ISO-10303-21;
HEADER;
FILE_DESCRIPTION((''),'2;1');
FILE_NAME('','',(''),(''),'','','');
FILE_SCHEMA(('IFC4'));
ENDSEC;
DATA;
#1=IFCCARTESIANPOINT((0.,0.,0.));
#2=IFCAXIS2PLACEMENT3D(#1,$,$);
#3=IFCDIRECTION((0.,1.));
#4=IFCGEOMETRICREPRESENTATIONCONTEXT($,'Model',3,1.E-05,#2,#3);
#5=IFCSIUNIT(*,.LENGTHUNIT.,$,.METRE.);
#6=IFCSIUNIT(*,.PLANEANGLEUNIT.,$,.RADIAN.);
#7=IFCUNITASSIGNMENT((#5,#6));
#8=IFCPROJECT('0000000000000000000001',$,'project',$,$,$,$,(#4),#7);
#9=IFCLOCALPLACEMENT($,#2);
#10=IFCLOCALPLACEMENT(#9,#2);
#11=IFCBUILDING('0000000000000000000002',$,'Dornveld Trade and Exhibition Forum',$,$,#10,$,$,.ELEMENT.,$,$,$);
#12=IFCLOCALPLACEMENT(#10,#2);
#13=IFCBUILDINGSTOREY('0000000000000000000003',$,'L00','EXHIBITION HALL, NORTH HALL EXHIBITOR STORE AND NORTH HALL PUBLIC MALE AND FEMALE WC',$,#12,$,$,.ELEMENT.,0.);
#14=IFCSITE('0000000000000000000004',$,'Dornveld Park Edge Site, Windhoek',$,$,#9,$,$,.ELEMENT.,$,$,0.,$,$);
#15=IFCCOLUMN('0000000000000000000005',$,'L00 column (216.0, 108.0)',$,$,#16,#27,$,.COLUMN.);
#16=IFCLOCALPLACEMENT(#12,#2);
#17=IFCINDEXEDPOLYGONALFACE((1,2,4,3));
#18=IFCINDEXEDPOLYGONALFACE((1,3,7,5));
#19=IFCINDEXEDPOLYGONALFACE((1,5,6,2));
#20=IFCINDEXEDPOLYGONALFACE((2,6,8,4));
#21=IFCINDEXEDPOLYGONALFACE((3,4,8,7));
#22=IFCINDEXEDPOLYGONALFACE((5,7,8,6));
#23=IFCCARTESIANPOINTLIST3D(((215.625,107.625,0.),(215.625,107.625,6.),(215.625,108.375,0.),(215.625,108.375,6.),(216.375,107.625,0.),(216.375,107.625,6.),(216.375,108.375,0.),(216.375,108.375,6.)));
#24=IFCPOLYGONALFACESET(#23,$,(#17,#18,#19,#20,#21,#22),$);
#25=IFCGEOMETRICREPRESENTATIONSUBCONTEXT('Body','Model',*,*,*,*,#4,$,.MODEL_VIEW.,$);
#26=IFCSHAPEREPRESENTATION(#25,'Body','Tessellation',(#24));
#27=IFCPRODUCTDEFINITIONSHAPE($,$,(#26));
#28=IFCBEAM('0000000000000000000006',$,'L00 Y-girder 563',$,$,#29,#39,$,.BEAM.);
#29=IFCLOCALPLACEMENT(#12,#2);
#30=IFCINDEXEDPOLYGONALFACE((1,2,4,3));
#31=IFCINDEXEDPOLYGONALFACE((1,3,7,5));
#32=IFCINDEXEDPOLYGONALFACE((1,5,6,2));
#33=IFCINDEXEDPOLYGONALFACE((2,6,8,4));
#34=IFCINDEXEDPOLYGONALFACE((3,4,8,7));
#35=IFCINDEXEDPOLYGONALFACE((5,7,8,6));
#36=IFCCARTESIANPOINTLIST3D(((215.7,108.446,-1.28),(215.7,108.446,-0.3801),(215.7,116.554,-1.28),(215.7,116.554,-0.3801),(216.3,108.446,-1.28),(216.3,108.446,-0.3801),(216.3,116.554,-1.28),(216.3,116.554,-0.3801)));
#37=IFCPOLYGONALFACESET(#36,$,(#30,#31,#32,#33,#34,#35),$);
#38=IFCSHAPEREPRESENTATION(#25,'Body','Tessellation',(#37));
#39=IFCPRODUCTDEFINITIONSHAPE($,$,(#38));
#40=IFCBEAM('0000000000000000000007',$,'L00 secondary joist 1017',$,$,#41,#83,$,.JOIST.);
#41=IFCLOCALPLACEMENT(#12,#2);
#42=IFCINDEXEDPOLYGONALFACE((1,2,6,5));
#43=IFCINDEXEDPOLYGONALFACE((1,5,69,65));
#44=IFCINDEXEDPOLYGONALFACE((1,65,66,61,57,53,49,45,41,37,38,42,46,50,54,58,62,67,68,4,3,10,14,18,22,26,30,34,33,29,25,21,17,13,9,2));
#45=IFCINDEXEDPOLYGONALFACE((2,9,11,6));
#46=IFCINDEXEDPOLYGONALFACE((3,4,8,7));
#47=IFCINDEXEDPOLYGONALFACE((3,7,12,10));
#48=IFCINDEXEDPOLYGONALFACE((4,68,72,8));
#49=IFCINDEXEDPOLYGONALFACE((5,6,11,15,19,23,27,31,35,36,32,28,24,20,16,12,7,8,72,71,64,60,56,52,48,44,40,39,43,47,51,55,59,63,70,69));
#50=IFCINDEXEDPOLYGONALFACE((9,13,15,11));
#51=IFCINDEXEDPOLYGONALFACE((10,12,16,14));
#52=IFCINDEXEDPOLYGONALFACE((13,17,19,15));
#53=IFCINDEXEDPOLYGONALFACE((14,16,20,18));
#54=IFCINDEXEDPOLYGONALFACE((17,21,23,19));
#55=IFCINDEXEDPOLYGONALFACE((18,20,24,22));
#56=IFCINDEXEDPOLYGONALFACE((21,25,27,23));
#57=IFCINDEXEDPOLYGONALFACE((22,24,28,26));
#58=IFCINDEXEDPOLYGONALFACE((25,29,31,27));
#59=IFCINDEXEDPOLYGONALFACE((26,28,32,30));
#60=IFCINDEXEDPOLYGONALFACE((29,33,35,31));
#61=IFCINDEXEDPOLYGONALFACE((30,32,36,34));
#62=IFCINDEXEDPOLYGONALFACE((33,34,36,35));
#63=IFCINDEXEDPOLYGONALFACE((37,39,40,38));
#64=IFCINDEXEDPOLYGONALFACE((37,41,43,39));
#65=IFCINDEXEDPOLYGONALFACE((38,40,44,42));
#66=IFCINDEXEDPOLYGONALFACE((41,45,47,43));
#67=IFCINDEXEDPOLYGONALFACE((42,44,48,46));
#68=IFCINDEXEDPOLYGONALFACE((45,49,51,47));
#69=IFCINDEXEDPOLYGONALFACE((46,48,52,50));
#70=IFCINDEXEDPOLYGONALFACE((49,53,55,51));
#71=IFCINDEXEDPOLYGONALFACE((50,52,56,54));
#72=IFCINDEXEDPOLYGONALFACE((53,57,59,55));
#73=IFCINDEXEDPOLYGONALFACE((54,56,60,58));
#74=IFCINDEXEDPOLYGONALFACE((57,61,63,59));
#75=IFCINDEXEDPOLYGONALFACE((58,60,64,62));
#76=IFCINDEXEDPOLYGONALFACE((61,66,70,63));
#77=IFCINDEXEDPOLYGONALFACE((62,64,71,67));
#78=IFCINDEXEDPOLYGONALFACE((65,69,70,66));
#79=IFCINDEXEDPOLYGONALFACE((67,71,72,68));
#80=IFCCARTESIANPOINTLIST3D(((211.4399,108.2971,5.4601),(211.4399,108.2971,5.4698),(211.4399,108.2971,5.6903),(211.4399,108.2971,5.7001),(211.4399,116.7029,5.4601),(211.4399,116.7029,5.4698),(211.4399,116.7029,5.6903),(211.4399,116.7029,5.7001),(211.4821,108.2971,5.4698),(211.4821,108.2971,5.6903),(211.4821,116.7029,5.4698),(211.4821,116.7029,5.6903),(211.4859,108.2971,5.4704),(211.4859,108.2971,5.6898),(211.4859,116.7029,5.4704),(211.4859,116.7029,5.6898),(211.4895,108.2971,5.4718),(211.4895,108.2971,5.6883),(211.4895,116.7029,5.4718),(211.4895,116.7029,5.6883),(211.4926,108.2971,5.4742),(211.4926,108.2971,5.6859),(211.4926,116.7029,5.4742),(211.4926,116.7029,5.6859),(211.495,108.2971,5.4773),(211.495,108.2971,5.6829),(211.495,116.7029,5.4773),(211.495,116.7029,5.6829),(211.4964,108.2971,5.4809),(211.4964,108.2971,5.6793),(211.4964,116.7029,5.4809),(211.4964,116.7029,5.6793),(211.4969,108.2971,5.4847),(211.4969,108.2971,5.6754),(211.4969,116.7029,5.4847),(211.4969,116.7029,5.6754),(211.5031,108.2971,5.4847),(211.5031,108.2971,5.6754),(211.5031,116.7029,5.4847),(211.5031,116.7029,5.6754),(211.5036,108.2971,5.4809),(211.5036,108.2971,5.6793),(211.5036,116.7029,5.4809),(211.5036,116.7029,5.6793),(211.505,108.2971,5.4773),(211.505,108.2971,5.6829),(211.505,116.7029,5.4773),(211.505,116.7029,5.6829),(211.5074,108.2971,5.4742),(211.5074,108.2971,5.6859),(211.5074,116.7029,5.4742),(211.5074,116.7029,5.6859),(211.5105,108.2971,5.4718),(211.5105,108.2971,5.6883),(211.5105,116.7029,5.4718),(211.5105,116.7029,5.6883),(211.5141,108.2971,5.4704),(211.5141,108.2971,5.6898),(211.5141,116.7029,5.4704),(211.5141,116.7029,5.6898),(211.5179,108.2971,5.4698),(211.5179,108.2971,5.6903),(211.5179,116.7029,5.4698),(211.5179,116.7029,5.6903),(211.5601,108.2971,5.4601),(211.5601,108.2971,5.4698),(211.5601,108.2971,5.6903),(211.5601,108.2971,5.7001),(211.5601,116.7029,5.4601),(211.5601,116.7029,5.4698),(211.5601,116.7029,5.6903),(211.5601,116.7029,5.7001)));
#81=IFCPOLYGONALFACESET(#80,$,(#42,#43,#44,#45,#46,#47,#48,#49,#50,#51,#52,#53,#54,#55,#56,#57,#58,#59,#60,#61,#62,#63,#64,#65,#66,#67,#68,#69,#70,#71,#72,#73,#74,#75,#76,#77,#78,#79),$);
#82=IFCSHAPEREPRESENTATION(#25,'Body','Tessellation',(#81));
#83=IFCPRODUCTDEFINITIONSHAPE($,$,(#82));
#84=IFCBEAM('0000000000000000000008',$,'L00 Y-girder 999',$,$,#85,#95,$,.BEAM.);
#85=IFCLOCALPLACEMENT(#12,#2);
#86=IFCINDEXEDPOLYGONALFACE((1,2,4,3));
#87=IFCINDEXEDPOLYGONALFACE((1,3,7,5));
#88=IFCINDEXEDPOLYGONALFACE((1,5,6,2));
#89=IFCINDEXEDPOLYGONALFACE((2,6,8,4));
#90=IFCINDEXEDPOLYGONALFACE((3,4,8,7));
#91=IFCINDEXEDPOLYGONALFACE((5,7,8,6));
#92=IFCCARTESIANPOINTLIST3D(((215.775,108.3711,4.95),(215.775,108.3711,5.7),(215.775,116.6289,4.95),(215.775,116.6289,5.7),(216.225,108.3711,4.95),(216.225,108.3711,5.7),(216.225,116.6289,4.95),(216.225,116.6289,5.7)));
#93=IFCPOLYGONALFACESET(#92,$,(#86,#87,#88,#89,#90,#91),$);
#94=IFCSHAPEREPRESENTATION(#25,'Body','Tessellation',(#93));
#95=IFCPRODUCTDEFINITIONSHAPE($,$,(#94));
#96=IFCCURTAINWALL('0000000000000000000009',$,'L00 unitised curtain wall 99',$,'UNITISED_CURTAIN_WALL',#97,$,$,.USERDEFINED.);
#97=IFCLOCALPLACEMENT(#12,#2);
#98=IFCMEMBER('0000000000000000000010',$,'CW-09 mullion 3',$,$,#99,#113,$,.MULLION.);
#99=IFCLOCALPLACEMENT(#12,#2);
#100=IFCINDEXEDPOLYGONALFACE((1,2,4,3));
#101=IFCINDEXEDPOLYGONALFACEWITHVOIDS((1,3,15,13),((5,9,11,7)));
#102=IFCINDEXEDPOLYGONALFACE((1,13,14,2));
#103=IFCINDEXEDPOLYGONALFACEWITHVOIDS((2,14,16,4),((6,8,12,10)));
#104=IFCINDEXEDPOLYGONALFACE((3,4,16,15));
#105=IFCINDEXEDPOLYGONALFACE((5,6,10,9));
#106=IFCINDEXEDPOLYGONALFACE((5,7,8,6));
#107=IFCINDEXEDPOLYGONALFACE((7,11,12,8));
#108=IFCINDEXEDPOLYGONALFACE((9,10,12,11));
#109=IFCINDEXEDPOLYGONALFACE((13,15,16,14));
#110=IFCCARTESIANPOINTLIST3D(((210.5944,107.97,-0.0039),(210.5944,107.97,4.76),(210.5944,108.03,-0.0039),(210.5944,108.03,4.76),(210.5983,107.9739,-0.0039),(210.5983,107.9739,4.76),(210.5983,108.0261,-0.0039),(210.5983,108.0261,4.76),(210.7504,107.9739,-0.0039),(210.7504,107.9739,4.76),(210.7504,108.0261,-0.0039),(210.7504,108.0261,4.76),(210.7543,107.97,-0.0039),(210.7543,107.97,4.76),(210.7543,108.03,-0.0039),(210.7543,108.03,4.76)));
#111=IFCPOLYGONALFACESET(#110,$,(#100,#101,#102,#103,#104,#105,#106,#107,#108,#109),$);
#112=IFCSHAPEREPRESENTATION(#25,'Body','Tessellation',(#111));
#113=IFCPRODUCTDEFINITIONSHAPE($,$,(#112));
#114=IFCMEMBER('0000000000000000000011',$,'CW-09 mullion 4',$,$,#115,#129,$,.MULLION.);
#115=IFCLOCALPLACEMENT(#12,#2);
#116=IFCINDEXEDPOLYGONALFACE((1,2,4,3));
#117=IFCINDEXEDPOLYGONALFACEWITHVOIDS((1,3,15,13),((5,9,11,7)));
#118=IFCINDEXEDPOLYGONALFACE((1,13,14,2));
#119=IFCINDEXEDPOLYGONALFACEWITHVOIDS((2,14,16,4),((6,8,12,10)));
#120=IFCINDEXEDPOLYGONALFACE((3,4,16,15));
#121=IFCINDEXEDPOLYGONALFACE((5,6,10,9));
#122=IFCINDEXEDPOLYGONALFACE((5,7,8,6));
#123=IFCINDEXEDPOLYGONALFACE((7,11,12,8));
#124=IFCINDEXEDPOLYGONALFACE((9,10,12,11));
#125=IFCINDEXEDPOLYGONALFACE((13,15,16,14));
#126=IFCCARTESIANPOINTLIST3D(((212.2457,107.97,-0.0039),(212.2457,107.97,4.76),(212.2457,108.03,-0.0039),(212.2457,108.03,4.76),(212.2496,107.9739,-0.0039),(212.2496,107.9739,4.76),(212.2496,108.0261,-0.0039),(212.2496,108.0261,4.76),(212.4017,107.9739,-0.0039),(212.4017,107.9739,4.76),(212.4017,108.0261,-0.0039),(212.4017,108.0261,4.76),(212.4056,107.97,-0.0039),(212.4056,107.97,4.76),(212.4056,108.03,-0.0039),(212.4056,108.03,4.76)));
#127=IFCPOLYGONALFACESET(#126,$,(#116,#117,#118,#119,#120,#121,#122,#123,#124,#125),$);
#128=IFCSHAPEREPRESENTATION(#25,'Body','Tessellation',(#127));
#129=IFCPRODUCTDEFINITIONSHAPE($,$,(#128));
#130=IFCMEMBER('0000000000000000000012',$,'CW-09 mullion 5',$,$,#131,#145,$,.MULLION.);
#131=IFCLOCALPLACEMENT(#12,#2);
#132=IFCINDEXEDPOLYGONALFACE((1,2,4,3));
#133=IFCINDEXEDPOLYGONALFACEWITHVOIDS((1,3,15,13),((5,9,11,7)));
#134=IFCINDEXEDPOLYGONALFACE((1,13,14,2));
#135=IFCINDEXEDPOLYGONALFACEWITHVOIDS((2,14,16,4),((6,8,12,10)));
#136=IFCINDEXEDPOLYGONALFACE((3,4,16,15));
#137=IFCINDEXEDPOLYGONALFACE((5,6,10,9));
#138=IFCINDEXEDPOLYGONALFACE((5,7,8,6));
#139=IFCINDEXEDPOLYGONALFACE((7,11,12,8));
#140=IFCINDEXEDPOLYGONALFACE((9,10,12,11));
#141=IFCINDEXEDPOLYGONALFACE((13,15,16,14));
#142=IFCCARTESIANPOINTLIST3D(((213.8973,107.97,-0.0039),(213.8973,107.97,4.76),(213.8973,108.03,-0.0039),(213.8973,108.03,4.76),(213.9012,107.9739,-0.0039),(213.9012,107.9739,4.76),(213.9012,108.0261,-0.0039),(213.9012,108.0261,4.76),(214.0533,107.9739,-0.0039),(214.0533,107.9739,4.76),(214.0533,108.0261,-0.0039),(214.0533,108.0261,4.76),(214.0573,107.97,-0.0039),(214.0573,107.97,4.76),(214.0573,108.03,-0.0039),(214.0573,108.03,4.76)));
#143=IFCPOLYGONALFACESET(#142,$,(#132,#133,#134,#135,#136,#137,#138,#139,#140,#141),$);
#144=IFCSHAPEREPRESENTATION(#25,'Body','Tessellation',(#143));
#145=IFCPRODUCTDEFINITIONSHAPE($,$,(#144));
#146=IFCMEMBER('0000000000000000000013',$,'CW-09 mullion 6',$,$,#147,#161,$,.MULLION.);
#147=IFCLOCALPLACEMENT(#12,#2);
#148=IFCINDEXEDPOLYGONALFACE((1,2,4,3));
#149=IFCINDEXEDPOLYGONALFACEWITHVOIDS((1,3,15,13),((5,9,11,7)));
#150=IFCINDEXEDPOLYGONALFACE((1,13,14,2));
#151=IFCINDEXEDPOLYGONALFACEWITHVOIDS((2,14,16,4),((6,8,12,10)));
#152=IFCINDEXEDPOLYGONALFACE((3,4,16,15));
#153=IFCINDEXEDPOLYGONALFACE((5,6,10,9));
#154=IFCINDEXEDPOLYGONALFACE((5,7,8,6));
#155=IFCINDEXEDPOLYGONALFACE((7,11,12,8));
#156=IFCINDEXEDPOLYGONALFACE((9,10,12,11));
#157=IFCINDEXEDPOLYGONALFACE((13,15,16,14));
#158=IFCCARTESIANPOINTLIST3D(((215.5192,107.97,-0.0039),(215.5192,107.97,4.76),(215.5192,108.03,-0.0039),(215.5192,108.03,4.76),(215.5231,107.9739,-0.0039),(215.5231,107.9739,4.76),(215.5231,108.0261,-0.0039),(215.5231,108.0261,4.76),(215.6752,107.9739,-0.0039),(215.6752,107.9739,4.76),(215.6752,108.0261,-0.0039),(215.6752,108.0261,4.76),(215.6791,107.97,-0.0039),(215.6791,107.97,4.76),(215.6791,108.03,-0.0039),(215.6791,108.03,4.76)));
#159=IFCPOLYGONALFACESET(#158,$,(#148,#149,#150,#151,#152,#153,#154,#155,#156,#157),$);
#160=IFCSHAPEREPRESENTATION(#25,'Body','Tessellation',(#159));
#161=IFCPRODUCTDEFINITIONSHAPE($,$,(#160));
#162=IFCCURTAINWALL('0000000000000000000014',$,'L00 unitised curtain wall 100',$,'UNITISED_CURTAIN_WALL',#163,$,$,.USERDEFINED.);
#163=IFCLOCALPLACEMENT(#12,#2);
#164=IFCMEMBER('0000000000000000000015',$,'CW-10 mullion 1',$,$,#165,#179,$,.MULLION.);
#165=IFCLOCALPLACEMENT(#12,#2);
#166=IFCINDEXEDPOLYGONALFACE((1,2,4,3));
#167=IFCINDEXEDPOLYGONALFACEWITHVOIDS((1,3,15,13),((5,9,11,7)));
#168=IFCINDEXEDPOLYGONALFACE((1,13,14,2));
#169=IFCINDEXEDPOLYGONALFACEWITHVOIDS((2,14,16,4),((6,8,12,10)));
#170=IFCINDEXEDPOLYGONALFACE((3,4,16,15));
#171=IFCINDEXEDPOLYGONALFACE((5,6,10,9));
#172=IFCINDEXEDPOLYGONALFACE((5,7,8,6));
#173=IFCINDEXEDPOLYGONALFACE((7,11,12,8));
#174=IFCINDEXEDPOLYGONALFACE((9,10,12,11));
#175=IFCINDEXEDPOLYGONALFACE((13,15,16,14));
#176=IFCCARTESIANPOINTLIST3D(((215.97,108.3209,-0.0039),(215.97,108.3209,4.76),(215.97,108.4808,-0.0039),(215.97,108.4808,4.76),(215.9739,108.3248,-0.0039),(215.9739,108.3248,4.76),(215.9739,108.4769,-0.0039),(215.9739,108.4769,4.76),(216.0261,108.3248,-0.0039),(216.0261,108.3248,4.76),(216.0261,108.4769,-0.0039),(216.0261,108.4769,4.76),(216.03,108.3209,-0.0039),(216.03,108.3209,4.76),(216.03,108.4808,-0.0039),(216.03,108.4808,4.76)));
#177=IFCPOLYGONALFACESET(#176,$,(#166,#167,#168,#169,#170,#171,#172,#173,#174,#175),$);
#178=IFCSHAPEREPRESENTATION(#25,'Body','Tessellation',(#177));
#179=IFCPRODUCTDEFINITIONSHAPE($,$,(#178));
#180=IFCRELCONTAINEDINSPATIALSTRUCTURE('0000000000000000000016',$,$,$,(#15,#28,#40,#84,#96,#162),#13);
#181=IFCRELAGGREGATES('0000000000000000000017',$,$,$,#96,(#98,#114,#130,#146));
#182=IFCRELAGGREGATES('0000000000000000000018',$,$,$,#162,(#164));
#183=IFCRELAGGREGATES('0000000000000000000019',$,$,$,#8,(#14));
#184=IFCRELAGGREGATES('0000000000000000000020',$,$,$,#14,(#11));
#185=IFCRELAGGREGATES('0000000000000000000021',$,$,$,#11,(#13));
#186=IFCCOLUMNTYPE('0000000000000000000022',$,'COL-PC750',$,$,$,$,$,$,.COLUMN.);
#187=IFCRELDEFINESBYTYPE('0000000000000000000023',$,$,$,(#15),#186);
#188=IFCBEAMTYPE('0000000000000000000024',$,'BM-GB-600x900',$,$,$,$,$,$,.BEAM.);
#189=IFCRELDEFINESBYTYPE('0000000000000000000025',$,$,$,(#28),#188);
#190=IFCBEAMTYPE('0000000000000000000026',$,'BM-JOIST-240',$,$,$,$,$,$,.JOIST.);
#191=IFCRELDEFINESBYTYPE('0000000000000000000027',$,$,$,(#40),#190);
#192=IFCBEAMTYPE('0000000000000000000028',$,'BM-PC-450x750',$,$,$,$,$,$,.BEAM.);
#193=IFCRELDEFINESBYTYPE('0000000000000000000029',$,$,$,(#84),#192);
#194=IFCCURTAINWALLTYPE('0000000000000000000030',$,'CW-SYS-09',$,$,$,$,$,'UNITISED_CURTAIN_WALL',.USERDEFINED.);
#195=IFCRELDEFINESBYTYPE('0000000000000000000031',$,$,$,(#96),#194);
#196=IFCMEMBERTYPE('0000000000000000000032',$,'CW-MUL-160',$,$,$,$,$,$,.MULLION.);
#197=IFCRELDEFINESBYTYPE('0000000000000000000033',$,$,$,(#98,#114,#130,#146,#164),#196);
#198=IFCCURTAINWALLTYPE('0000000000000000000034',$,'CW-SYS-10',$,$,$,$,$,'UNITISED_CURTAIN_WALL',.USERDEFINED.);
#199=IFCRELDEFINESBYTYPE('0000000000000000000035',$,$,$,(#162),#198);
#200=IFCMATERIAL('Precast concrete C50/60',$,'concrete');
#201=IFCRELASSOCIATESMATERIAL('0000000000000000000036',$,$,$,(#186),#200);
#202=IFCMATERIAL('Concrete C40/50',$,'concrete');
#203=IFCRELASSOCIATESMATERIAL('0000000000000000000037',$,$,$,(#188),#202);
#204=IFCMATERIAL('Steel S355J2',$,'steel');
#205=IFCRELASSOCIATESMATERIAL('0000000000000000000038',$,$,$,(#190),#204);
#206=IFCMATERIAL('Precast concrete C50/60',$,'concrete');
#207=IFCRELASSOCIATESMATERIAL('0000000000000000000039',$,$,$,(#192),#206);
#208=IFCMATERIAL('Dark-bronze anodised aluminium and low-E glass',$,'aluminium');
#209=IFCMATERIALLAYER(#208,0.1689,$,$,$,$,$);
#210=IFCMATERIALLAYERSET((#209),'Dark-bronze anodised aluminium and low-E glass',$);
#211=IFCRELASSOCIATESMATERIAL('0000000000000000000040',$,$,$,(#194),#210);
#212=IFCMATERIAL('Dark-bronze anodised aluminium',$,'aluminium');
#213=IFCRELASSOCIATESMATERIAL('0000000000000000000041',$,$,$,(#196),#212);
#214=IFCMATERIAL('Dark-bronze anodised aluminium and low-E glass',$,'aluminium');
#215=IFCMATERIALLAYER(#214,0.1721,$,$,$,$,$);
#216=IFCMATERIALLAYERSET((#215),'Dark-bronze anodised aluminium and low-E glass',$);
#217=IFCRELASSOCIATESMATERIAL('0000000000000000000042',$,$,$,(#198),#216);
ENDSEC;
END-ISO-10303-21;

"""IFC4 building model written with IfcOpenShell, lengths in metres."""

from ifc_helpers import new_model, si_unit, direction, frame, origin, origin_2d, place, context, subcontext, project, spatial, rectangle, hollow_rectangle, i_section, extrude, material, layer, layer_set, material_profile, profile_set, type_object, element, aggregate, save


model = new_model("IFC4")

# Units and contexts
model_context = context("Model", 3, precision=1e-05, world=origin(), true_north=direction((0.0, 1.0)))
body_context = subcontext(model_context, "Body", "Model", "MODEL_VIEW")
ifc_project = project(units=[si_unit("LENGTHUNIT", "METRE"), si_unit("PLANEANGLEUNIT", "RADIAN")], contexts=[model_context])

# Site, building, storey
site_placement = place(None, origin())
site = spatial("IfcSite", under=ifc_project, at=site_placement, Name="Dornveld Park Edge Site, Windhoek", CompositionType="ELEMENT", RefElevation=0.0)
building_placement = place(site_placement, origin())
building = spatial("IfcBuilding", under=site, at=building_placement, Name="Dornveld Trade and Exhibition Forum", CompositionType="ELEMENT")
storey_placement = place(building_placement, origin())
storey = spatial("IfcBuildingStorey", under=building, at=storey_placement, Name="L00", Description="EXHIBITION HALL, NORTH HALL EXHIBITOR STORE AND NORTH HALL PUBLIC MALE AND FEMALE WC", CompositionType="ELEMENT", Elevation=0.0)

# Column
ifc_material_1 = material(Name="Precast concrete C50/60", Category="concrete")
ifc_material_profile_1 = material_profile(ifc_material_1, rectangle(XDim=0.75, YDim=0.75, at=origin_2d()), Name="PC-COL 750x750")
ifc_profile_set_1 = profile_set([ifc_material_profile_1], Name="Precast concrete C50/60")
column_type = type_object("IfcColumnType", Name="COL-PC750", PredefinedType="COLUMN", material=ifc_profile_set_1)
column_placement = place(storey_placement, frame((216.0, 108.0, 0.0), z_axis=(0.0, 0.0, 1.0), x_axis=(1.0, 0.0, 0.0)))
element("IfcColumn", 1, at=column_placement, inside=storey, type_object=column_type, Name="L00 column (216.0, 108.0)", PredefinedType="COLUMN", context=body_context, shape_type="SweptSolid", body=[
    extrude(rectangle(XDim=0.75, YDim=0.75, at=origin_2d()), origin(), (0.0, 0.0, 1.0), 6.0),
])

# Beams
ifc_material_2 = material(Name="Concrete C40/50", Category="concrete")
ifc_material_profile_2 = material_profile(ifc_material_2, rectangle(XDim=0.6001, YDim=0.8999, at=origin_2d()), Name="RC-GB 600x900")
ifc_profile_set_2 = profile_set([ifc_material_profile_2], Name="Concrete C40/50")
beam_type_1 = type_object("IfcBeamType", Name="BM-GB-600x900", PredefinedType="BEAM", material=ifc_profile_set_2)
beam_1_placement = place(storey_placement, frame((216.0, 108.446, -0.8301), z_axis=(0.0, 1.0, 0.0), x_axis=(-1.0, 0.0, 0.0)))
element("IfcBeam", 2, at=beam_1_placement, inside=storey, type_object=beam_type_1, Name="L00 Y-girder 563", PredefinedType="BEAM", context=body_context, shape_type="SweptSolid", body=[
    extrude(rectangle(XDim=0.6001, YDim=0.8999, at=origin_2d()), origin(), (0.0, 0.0, 1.0), 8.1079),
])
ifc_material_3 = material(Name="Steel S355J2", Category="steel")
ifc_material_profile_3 = material_profile(ifc_material_3, i_section(OverallWidth=0.1201, OverallDepth=0.24, WebThickness=0.0061, FlangeThickness=0.0098, FilletRadius=0.0149, at=origin_2d()), Name="IPE 240")
ifc_profile_set_3 = profile_set([ifc_material_profile_3], Name="Steel S355J2")
beam_type_2 = type_object("IfcBeamType", Name="BM-JOIST-240", PredefinedType="JOIST", material=ifc_profile_set_3)
beam_2_placement = place(storey_placement, frame((211.5, 108.2971, 5.5801), z_axis=(0.0, 1.0, 0.0), x_axis=(-1.0, 0.0, 0.0)))
element("IfcBeam", 3, at=beam_2_placement, inside=storey, type_object=beam_type_2, Name="L00 secondary joist 1017", PredefinedType="JOIST", context=body_context, shape_type="SweptSolid", body=[
    extrude(i_section(OverallWidth=0.1201, OverallDepth=0.24, WebThickness=0.0061, FlangeThickness=0.0098, FilletRadius=0.0149, at=origin_2d()), origin(), (0.0, 0.0, 1.0), 8.4058),
])
ifc_material_4 = material(Name="Precast concrete C50/60", Category="concrete")
ifc_material_profile_4 = material_profile(ifc_material_4, rectangle(XDim=0.45, YDim=0.75, at=origin_2d()), Name="PC-BM 450x750")
ifc_profile_set_4 = profile_set([ifc_material_profile_4], Name="Precast concrete C50/60")
beam_type_3 = type_object("IfcBeamType", Name="BM-PC-450x750", PredefinedType="BEAM", material=ifc_profile_set_4)
beam_3_placement = place(storey_placement, frame((216.0, 108.3711, 5.325), z_axis=(0.0, 1.0, 0.0), x_axis=(-1.0, 0.0, 0.0)))
element("IfcBeam", 4, at=beam_3_placement, inside=storey, type_object=beam_type_3, Name="L00 Y-girder 999", PredefinedType="BEAM", context=body_context, shape_type="SweptSolid", body=[
    extrude(rectangle(XDim=0.45, YDim=0.75, at=origin_2d()), origin(), (0.0, 0.0, 1.0), 8.2578),
])

# Curtain wall, members
ifc_material_5 = material(Name="Dark-bronze anodised aluminium and low-E glass", Category="aluminium")
ifc_layer_1 = layer(ifc_material_5, 0.1689)
ifc_layer_set_1 = layer_set([ifc_layer_1], Name="Dark-bronze anodised aluminium and low-E glass")
curtain_wall_type_1 = type_object("IfcCurtainWallType", Name="CW-SYS-09", ElementType="UNITISED_CURTAIN_WALL", PredefinedType="USERDEFINED", material=ifc_layer_set_1)
curtain_wall_1_placement = place(storey_placement, origin())
curtain_wall_1 = element("IfcCurtainWall", 5, at=curtain_wall_1_placement, inside=storey, type_object=curtain_wall_type_1, Name="L00 unitised curtain wall 99", ObjectType="UNITISED_CURTAIN_WALL", PredefinedType="USERDEFINED")
ifc_material_6 = material(Name="Dark-bronze anodised aluminium", Category="aluminium")
ifc_material_profile_5 = material_profile(ifc_material_6, hollow_rectangle(XDim=0.0601, YDim=0.1599, WallThickness=0.0039, at=origin_2d()), Name="RHS 160x60x4")
ifc_profile_set_5 = profile_set([ifc_material_profile_5], Name="Dark-bronze anodised aluminium")
member_type_1 = type_object("IfcMemberType", Name="CW-MUL-160", PredefinedType="MULLION", material=ifc_profile_set_5)
member_1_placement = place(storey_placement, frame((210.6743, 108.0, -0.0039), z_axis=(0.0, 0.0, 1.0), x_axis=(0.0, 1.0, 0.0)))
member_1 = element("IfcMember", 6, at=member_1_placement, type_object=member_type_1, Name="CW-09 mullion 3", PredefinedType="MULLION", context=body_context, shape_type="SweptSolid", body=[
    extrude(hollow_rectangle(XDim=0.0601, YDim=0.1599, WallThickness=0.0039, at=origin_2d()), origin(), (0.0, 0.0, 1.0), 4.7639),
])
member_2_placement = place(storey_placement, frame((212.3257, 108.0, -0.0039), z_axis=(0.0, 0.0, 1.0), x_axis=(0.0, 1.0, 0.0)))
member_2 = element("IfcMember", 7, at=member_2_placement, type_object=member_type_1, Name="CW-09 mullion 4", PredefinedType="MULLION", context=body_context, shape_type="SweptSolid", body=[
    extrude(hollow_rectangle(XDim=0.0601, YDim=0.1599, WallThickness=0.0039, at=origin_2d()), origin(), (0.0, 0.0, 1.0), 4.7639),
])
member_3_placement = place(storey_placement, frame((213.9773, 108.0, -0.0039), z_axis=(0.0, 0.0, 1.0), x_axis=(0.0, 1.0, 0.0)))
member_3 = element("IfcMember", 8, at=member_3_placement, type_object=member_type_1, Name="CW-09 mullion 5", PredefinedType="MULLION", context=body_context, shape_type="SweptSolid", body=[
    extrude(hollow_rectangle(XDim=0.0601, YDim=0.1599, WallThickness=0.0039, at=origin_2d()), origin(), (0.0, 0.0, 1.0), 4.7639),
])
member_4_placement = place(storey_placement, frame((215.5991, 108.0, -0.0039), z_axis=(0.0, 0.0, 1.0), x_axis=(0.0, 1.0, 0.0)))
member_4 = element("IfcMember", 9, at=member_4_placement, type_object=member_type_1, Name="CW-09 mullion 6", PredefinedType="MULLION", context=body_context, shape_type="SweptSolid", body=[
    extrude(hollow_rectangle(XDim=0.0601, YDim=0.1599, WallThickness=0.0039, at=origin_2d()), origin(), (0.0, 0.0, 1.0), 4.7639),
])

# Curtain wall, member
ifc_material_7 = material(Name="Dark-bronze anodised aluminium and low-E glass", Category="aluminium")
ifc_layer_2 = layer(ifc_material_7, 0.1721)
ifc_layer_set_2 = layer_set([ifc_layer_2], Name="Dark-bronze anodised aluminium and low-E glass")
curtain_wall_type_2 = type_object("IfcCurtainWallType", Name="CW-SYS-10", ElementType="UNITISED_CURTAIN_WALL", PredefinedType="USERDEFINED", material=ifc_layer_set_2)
curtain_wall_2_placement = place(storey_placement, origin())
curtain_wall_2 = element("IfcCurtainWall", 10, at=curtain_wall_2_placement, inside=storey, type_object=curtain_wall_type_2, Name="L00 unitised curtain wall 100", ObjectType="UNITISED_CURTAIN_WALL", PredefinedType="USERDEFINED")
member_5_placement = place(storey_placement, frame((216.0, 108.4009, -0.0039), z_axis=(0.0, 0.0, 1.0), x_axis=(-1.0, 0.0, 0.0)))
member_5 = element("IfcMember", 11, at=member_5_placement, type_object=member_type_1, Name="CW-10 mullion 1", PredefinedType="MULLION", context=body_context, shape_type="SweptSolid", body=[
    extrude(hollow_rectangle(XDim=0.0601, YDim=0.1599, WallThickness=0.0039, at=origin_2d()), origin(), (0.0, 0.0, 1.0), 4.7639),
])

aggregate(curtain_wall_1, [member_1, member_2, member_3, member_4])
aggregate(curtain_wall_2, [member_5])

save(model, "model.ifc")
